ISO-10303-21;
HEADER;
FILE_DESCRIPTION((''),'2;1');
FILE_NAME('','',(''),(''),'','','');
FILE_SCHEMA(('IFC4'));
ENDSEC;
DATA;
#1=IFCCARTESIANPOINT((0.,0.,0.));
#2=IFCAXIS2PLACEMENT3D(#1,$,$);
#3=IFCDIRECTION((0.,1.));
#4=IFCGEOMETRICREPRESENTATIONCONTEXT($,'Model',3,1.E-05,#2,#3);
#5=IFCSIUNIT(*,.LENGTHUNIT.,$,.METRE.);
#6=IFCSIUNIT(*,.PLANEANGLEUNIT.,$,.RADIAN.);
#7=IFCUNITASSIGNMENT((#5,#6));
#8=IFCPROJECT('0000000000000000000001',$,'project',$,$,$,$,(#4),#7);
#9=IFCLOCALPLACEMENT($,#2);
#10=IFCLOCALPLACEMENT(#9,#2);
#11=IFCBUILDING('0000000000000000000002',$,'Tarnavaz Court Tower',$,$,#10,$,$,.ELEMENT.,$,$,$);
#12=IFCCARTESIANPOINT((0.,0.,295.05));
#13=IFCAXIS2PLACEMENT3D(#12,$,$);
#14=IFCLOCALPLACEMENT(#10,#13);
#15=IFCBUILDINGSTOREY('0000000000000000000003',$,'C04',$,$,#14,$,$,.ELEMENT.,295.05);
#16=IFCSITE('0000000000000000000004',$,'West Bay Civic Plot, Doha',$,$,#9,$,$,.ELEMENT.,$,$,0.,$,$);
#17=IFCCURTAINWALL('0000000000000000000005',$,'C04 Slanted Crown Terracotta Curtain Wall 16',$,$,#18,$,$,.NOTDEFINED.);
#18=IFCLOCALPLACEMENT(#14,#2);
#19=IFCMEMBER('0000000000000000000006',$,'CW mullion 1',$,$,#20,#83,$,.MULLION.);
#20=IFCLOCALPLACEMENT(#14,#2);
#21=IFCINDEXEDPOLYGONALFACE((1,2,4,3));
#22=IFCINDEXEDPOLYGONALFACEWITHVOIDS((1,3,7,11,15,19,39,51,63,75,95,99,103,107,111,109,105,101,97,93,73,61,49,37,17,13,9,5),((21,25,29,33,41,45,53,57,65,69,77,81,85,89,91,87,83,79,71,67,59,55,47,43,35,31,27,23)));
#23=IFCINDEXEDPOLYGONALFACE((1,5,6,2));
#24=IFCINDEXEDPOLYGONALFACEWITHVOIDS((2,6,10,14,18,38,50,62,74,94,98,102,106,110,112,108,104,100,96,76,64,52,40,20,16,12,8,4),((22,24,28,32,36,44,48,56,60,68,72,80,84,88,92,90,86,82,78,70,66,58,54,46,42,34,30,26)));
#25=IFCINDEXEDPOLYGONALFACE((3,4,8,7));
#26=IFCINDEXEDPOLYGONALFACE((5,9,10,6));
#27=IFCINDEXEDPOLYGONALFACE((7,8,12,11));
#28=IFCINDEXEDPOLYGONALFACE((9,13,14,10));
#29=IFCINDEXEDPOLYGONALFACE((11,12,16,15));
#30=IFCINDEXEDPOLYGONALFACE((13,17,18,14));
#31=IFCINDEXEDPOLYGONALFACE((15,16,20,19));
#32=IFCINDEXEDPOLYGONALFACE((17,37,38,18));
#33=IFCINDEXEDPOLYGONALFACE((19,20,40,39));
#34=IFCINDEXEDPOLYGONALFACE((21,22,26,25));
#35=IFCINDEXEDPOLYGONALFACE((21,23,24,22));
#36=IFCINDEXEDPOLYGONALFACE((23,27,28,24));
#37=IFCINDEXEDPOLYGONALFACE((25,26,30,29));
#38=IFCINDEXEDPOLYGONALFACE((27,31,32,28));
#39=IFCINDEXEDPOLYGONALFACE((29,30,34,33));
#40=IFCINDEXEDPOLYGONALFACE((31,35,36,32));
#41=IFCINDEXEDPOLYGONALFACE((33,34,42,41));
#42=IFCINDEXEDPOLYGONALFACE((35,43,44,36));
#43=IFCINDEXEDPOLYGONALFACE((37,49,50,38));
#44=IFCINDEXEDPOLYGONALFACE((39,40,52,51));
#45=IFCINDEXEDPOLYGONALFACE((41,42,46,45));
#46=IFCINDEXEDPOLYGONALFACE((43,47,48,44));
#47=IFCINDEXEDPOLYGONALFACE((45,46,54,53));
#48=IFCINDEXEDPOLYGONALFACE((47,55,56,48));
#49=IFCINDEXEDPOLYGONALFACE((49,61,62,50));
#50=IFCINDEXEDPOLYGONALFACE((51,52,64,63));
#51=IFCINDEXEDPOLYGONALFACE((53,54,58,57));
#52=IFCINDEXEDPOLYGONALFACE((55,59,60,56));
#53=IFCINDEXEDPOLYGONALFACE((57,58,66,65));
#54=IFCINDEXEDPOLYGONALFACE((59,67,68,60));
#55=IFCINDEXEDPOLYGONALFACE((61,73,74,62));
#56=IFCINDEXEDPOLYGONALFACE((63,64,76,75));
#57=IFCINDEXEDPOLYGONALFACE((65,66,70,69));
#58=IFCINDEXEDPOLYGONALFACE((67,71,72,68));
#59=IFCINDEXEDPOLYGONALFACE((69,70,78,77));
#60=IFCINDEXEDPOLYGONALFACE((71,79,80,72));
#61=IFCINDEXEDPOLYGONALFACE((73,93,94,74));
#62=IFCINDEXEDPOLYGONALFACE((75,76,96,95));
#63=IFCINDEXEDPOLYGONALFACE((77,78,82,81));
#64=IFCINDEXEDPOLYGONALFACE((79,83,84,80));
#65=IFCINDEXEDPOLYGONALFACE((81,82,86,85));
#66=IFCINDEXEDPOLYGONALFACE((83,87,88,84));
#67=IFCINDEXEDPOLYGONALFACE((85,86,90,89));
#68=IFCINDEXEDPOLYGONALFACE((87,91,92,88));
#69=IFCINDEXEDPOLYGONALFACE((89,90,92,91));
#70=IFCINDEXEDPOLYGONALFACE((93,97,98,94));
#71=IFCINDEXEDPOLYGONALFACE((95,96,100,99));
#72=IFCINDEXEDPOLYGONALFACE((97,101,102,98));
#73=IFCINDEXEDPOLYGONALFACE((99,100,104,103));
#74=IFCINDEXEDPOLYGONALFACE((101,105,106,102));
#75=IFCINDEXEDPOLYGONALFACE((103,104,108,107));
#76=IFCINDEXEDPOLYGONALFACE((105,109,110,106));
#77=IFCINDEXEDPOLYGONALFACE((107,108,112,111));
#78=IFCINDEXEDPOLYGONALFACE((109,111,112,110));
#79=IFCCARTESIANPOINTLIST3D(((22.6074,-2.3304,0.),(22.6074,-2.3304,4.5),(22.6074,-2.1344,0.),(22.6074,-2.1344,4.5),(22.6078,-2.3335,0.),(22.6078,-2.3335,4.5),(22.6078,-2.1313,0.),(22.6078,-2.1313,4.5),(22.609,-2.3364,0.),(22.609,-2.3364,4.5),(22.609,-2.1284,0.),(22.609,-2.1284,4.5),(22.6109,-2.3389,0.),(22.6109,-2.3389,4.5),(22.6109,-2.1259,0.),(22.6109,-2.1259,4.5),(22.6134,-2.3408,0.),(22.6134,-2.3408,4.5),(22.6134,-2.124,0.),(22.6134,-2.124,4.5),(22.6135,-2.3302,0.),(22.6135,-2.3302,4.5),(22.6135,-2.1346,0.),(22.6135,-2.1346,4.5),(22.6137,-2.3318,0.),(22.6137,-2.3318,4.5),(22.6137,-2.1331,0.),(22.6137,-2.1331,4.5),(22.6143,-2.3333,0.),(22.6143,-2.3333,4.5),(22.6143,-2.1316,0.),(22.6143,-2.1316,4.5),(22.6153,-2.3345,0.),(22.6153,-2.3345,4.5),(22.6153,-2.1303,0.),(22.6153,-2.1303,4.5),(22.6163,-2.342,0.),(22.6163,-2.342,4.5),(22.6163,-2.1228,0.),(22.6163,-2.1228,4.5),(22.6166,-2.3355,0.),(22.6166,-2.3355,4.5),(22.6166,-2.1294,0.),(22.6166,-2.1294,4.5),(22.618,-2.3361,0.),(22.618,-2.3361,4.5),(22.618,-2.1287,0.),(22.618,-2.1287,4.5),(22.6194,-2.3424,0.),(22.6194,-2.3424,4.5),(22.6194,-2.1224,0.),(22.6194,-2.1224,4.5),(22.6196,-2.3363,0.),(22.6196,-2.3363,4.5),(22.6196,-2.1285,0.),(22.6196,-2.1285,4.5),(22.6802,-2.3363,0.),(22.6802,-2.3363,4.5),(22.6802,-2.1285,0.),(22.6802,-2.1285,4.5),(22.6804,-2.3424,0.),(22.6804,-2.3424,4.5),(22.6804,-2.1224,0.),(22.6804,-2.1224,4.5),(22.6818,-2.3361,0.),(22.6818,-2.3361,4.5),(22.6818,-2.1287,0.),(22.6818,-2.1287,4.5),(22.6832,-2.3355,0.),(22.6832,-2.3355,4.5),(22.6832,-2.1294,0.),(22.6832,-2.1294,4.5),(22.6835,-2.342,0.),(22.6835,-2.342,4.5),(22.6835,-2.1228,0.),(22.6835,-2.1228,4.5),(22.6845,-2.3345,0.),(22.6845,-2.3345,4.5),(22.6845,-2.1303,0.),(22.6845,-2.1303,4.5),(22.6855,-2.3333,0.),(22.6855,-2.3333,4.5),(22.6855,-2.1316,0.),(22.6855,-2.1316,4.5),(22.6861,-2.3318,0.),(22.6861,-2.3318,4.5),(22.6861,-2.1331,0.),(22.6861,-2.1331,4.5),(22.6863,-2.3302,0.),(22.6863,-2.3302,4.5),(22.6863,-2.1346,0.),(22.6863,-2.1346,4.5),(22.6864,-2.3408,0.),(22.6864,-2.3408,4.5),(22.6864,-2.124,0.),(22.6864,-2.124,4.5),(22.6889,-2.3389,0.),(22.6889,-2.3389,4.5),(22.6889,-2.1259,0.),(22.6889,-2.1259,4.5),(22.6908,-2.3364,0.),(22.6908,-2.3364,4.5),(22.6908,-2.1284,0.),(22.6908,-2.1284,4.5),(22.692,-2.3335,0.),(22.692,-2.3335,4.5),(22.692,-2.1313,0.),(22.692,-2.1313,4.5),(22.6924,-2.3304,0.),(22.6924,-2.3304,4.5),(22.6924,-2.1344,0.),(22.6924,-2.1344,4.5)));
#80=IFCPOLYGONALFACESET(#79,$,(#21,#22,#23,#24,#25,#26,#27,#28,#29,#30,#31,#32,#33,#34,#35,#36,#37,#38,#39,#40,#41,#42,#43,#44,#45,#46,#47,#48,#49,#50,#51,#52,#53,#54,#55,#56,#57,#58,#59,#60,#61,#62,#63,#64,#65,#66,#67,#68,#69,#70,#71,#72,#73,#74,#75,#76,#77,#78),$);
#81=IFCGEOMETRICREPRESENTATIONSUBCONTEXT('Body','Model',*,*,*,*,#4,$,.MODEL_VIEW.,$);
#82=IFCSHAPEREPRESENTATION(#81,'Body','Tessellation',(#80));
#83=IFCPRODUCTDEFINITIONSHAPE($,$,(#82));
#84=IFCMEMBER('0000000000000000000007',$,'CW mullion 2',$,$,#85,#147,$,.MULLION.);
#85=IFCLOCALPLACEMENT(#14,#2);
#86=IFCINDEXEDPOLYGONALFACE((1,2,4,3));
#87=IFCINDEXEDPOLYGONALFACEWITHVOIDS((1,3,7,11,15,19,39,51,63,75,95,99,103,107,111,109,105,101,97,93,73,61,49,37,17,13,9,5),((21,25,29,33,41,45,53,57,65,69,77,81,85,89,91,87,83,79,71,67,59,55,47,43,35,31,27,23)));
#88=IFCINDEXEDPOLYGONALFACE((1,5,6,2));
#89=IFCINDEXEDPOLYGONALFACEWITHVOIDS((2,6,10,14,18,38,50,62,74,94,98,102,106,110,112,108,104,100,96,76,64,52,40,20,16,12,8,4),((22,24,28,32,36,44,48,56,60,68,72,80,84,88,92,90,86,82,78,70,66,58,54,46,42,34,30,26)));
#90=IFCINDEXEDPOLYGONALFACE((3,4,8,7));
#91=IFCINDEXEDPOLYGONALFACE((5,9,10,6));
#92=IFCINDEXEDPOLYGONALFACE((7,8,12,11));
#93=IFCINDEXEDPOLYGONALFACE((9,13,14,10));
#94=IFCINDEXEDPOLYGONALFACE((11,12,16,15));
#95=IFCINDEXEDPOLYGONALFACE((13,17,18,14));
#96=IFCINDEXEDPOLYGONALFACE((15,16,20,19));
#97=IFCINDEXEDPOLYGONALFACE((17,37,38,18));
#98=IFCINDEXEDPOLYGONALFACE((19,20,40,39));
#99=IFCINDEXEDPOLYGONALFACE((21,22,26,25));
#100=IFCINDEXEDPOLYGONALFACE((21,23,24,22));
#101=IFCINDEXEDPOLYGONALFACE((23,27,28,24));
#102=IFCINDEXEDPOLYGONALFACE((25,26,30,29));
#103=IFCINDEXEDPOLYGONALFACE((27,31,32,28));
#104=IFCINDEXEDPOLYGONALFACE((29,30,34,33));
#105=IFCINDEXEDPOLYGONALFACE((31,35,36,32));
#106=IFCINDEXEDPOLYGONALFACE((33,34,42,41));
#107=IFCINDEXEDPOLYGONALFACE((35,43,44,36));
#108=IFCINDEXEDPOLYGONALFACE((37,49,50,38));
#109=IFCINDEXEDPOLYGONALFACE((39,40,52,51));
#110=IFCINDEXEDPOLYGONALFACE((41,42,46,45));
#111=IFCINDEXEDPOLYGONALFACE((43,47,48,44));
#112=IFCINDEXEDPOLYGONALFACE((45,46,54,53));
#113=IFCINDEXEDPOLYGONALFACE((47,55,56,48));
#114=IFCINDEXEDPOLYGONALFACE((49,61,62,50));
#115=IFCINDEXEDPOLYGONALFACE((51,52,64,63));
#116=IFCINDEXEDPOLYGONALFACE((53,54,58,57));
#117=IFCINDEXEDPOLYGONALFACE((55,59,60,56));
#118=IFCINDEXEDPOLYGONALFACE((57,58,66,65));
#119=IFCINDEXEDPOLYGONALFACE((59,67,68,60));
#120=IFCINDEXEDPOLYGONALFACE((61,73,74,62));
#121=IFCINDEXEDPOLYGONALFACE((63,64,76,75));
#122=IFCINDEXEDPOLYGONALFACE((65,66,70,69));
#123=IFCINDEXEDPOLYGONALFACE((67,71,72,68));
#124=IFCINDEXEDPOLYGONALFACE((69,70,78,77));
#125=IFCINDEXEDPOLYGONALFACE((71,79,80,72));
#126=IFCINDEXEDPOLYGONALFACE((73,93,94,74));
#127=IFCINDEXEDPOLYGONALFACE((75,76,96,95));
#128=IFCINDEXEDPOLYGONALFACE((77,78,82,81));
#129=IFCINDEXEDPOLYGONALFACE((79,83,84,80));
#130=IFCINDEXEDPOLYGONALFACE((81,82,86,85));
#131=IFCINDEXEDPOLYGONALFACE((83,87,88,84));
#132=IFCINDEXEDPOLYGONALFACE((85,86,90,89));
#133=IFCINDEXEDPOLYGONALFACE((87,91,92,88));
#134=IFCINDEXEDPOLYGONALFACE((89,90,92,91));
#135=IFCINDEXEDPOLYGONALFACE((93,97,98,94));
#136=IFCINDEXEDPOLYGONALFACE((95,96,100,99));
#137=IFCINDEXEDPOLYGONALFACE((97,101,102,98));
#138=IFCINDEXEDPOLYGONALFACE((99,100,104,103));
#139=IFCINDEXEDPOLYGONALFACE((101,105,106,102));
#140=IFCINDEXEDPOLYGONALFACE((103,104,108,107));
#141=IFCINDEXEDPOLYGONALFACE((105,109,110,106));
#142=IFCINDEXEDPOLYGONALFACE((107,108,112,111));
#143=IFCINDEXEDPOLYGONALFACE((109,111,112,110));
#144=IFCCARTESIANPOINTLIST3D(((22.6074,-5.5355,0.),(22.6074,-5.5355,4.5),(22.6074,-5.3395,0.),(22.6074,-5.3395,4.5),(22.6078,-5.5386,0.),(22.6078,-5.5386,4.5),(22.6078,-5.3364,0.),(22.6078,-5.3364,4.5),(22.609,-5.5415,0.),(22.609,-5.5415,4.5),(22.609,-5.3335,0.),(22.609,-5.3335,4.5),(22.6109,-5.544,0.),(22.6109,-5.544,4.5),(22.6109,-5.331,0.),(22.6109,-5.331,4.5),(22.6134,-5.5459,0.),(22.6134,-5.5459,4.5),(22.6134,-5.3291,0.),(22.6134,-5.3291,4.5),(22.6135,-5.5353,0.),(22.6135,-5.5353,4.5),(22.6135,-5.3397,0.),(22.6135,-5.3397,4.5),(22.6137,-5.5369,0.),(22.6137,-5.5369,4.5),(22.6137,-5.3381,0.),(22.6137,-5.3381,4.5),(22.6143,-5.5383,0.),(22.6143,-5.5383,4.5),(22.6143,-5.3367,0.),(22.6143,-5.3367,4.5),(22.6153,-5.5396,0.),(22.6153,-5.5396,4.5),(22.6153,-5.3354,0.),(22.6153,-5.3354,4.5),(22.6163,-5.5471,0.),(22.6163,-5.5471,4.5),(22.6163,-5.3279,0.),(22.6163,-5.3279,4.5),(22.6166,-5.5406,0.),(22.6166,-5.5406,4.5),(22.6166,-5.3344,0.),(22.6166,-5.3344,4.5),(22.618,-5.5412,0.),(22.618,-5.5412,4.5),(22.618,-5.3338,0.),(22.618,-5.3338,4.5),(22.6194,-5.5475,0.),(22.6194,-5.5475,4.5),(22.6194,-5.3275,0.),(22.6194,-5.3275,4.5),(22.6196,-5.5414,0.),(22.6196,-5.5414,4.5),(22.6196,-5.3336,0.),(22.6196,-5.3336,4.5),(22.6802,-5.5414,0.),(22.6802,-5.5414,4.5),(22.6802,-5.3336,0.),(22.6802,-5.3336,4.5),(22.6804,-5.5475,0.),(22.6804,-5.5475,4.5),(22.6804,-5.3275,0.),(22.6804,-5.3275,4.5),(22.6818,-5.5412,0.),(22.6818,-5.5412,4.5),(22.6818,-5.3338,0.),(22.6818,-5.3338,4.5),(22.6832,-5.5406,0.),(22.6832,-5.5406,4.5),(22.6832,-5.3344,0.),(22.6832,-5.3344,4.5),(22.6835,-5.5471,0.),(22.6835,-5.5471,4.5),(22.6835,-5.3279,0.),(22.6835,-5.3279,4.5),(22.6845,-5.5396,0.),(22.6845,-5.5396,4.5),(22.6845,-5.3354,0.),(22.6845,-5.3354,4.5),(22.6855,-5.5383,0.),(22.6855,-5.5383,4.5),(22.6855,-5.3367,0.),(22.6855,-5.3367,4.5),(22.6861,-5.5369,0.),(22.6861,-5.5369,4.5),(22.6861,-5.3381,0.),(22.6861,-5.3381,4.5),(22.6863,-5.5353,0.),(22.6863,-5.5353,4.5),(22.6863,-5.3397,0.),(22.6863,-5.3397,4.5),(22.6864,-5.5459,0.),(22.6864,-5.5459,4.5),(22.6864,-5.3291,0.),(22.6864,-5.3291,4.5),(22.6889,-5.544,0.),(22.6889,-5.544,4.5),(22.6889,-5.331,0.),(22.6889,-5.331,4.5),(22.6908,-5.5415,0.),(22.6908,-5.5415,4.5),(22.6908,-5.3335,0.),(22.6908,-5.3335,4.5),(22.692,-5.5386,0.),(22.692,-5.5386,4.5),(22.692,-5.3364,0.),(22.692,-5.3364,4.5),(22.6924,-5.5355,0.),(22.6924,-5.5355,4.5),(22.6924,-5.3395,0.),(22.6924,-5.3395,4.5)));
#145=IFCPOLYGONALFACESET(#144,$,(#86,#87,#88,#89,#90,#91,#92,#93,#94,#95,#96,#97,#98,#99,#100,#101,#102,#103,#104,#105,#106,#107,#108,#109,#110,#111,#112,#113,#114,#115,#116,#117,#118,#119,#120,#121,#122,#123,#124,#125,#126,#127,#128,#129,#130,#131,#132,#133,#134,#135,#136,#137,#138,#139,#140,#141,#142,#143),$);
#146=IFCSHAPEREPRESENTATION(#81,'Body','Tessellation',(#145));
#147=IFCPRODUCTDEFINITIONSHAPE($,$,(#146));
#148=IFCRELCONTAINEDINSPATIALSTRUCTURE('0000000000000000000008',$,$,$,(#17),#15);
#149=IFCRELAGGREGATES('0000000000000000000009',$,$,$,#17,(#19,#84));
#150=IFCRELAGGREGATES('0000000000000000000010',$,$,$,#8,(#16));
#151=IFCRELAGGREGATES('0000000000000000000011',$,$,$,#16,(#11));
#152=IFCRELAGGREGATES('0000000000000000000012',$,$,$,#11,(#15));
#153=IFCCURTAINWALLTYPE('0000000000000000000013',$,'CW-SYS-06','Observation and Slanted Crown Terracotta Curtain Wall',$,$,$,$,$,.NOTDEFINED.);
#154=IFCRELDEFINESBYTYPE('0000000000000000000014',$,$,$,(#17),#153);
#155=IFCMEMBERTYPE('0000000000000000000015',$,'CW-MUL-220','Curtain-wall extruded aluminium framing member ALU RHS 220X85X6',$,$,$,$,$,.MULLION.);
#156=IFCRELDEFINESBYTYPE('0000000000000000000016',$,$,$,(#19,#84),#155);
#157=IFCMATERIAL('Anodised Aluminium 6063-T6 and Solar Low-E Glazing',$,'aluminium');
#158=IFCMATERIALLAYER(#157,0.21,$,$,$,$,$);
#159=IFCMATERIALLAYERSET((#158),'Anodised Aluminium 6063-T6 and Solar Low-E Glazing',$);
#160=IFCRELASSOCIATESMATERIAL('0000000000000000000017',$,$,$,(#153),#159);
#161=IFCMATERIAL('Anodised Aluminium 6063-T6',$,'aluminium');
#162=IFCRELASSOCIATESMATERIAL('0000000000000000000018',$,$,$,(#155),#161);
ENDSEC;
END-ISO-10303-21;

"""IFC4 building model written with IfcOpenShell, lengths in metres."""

from ifc_helpers import new_model, si_unit, direction, frame, origin, origin_2d, place, context, subcontext, project, spatial, hollow_rectangle, extrude, material, layer, layer_set, material_profile, profile_set, type_object, element, aggregate, save


model = new_model("IFC4")

# Units and contexts
model_context = context("Model", 3, precision=1e-05, world=origin(), true_north=direction((0.0, 1.0)))
body_context = subcontext(model_context, "Body", "Model", "MODEL_VIEW")
ifc_project = project(units=[si_unit("LENGTHUNIT", "METRE"), si_unit("PLANEANGLEUNIT", "RADIAN")], contexts=[model_context])

# Site, building, storey
site_placement = place(None, origin())
site = spatial("IfcSite", under=ifc_project, at=site_placement, Name="West Bay Civic Plot, Doha", CompositionType="ELEMENT", RefElevation=0.0)
building_placement = place(site_placement, origin())
building = spatial("IfcBuilding", under=site, at=building_placement, Name="Tarnavaz Court Tower", CompositionType="ELEMENT")
storey_placement = place(building_placement, frame((0.0, 0.0, 295.05)))
storey = spatial("IfcBuildingStorey", under=building, at=storey_placement, Name="C04", CompositionType="ELEMENT", Elevation=295.05)

# Shared definitions
ifc_material_1 = material(Name="Anodised Aluminium 6063-T6 and Solar Low-E Glazing", Category="aluminium")
ifc_layer_1 = layer(ifc_material_1, 0.21)
ifc_layer_set_1 = layer_set([ifc_layer_1], Name="Anodised Aluminium 6063-T6 and Solar Low-E Glazing")
curtain_wall_type = type_object("IfcCurtainWallType", Name="CW-SYS-06", Description="Observation and Slanted Crown Terracotta Curtain Wall", PredefinedType="NOTDEFINED", material=ifc_layer_set_1)
ifc_material_2 = material(Name="Anodised Aluminium 6063-T6", Category="aluminium")
ifc_material_profile_1 = material_profile(ifc_material_2, hollow_rectangle(XDim=0.085, YDim=0.22, WallThickness=0.0061, InnerFilletRadius=0.0061, OuterFilletRadius=0.012, at=origin_2d()), Name="ALU RHS 220X85X6")
ifc_profile_set_1 = profile_set([ifc_material_profile_1], Name="Anodised Aluminium 6063-T6")
member_type_1 = type_object("IfcMemberType", Name="CW-MUL-220", Description="Curtain-wall extruded aluminium framing member ALU RHS 220X85X6", PredefinedType="MULLION", material=ifc_profile_set_1)

# Curtain wall, members
curtain_wall_1_placement = place(storey_placement, origin())
curtain_wall_1 = element("IfcCurtainWall", 1, at=curtain_wall_1_placement, inside=storey, type_object=curtain_wall_type, Name="C04 Slanted Crown Terracotta Curtain Wall 16", PredefinedType="NOTDEFINED")
member_1_placement = place(storey_placement, frame((22.6499, -2.2324, 0.0), z_axis=(0.0, 0.0, 1.0), x_axis=(1.0, 0.0, 0.0)))
member_1 = element("IfcMember", 2, at=member_1_placement, type_object=member_type_1, Name="CW mullion 1", PredefinedType="MULLION", context=body_context, shape_type="SweptSolid", body=[
    extrude(hollow_rectangle(XDim=0.085, YDim=0.22, WallThickness=0.0061, InnerFilletRadius=0.0061, OuterFilletRadius=0.012, at=origin_2d()), origin(), (0.0, 0.0, 1.0), 4.5),
])
member_2_placement = place(storey_placement, frame((22.6499, -5.4375, 0.0), z_axis=(0.0, 0.0, 1.0), x_axis=(1.0, 0.0, 0.0)))
member_2 = element("IfcMember", 3, at=member_2_placement, type_object=member_type_1, Name="CW mullion 2", PredefinedType="MULLION", context=body_context, shape_type="SweptSolid", body=[
    extrude(hollow_rectangle(XDim=0.085, YDim=0.22, WallThickness=0.0061, InnerFilletRadius=0.0061, OuterFilletRadius=0.012, at=origin_2d()), origin(), (0.0, 0.0, 1.0), 4.5),
])

aggregate(curtain_wall_1, [member_1, member_2])

save(model, "model.ifc")
